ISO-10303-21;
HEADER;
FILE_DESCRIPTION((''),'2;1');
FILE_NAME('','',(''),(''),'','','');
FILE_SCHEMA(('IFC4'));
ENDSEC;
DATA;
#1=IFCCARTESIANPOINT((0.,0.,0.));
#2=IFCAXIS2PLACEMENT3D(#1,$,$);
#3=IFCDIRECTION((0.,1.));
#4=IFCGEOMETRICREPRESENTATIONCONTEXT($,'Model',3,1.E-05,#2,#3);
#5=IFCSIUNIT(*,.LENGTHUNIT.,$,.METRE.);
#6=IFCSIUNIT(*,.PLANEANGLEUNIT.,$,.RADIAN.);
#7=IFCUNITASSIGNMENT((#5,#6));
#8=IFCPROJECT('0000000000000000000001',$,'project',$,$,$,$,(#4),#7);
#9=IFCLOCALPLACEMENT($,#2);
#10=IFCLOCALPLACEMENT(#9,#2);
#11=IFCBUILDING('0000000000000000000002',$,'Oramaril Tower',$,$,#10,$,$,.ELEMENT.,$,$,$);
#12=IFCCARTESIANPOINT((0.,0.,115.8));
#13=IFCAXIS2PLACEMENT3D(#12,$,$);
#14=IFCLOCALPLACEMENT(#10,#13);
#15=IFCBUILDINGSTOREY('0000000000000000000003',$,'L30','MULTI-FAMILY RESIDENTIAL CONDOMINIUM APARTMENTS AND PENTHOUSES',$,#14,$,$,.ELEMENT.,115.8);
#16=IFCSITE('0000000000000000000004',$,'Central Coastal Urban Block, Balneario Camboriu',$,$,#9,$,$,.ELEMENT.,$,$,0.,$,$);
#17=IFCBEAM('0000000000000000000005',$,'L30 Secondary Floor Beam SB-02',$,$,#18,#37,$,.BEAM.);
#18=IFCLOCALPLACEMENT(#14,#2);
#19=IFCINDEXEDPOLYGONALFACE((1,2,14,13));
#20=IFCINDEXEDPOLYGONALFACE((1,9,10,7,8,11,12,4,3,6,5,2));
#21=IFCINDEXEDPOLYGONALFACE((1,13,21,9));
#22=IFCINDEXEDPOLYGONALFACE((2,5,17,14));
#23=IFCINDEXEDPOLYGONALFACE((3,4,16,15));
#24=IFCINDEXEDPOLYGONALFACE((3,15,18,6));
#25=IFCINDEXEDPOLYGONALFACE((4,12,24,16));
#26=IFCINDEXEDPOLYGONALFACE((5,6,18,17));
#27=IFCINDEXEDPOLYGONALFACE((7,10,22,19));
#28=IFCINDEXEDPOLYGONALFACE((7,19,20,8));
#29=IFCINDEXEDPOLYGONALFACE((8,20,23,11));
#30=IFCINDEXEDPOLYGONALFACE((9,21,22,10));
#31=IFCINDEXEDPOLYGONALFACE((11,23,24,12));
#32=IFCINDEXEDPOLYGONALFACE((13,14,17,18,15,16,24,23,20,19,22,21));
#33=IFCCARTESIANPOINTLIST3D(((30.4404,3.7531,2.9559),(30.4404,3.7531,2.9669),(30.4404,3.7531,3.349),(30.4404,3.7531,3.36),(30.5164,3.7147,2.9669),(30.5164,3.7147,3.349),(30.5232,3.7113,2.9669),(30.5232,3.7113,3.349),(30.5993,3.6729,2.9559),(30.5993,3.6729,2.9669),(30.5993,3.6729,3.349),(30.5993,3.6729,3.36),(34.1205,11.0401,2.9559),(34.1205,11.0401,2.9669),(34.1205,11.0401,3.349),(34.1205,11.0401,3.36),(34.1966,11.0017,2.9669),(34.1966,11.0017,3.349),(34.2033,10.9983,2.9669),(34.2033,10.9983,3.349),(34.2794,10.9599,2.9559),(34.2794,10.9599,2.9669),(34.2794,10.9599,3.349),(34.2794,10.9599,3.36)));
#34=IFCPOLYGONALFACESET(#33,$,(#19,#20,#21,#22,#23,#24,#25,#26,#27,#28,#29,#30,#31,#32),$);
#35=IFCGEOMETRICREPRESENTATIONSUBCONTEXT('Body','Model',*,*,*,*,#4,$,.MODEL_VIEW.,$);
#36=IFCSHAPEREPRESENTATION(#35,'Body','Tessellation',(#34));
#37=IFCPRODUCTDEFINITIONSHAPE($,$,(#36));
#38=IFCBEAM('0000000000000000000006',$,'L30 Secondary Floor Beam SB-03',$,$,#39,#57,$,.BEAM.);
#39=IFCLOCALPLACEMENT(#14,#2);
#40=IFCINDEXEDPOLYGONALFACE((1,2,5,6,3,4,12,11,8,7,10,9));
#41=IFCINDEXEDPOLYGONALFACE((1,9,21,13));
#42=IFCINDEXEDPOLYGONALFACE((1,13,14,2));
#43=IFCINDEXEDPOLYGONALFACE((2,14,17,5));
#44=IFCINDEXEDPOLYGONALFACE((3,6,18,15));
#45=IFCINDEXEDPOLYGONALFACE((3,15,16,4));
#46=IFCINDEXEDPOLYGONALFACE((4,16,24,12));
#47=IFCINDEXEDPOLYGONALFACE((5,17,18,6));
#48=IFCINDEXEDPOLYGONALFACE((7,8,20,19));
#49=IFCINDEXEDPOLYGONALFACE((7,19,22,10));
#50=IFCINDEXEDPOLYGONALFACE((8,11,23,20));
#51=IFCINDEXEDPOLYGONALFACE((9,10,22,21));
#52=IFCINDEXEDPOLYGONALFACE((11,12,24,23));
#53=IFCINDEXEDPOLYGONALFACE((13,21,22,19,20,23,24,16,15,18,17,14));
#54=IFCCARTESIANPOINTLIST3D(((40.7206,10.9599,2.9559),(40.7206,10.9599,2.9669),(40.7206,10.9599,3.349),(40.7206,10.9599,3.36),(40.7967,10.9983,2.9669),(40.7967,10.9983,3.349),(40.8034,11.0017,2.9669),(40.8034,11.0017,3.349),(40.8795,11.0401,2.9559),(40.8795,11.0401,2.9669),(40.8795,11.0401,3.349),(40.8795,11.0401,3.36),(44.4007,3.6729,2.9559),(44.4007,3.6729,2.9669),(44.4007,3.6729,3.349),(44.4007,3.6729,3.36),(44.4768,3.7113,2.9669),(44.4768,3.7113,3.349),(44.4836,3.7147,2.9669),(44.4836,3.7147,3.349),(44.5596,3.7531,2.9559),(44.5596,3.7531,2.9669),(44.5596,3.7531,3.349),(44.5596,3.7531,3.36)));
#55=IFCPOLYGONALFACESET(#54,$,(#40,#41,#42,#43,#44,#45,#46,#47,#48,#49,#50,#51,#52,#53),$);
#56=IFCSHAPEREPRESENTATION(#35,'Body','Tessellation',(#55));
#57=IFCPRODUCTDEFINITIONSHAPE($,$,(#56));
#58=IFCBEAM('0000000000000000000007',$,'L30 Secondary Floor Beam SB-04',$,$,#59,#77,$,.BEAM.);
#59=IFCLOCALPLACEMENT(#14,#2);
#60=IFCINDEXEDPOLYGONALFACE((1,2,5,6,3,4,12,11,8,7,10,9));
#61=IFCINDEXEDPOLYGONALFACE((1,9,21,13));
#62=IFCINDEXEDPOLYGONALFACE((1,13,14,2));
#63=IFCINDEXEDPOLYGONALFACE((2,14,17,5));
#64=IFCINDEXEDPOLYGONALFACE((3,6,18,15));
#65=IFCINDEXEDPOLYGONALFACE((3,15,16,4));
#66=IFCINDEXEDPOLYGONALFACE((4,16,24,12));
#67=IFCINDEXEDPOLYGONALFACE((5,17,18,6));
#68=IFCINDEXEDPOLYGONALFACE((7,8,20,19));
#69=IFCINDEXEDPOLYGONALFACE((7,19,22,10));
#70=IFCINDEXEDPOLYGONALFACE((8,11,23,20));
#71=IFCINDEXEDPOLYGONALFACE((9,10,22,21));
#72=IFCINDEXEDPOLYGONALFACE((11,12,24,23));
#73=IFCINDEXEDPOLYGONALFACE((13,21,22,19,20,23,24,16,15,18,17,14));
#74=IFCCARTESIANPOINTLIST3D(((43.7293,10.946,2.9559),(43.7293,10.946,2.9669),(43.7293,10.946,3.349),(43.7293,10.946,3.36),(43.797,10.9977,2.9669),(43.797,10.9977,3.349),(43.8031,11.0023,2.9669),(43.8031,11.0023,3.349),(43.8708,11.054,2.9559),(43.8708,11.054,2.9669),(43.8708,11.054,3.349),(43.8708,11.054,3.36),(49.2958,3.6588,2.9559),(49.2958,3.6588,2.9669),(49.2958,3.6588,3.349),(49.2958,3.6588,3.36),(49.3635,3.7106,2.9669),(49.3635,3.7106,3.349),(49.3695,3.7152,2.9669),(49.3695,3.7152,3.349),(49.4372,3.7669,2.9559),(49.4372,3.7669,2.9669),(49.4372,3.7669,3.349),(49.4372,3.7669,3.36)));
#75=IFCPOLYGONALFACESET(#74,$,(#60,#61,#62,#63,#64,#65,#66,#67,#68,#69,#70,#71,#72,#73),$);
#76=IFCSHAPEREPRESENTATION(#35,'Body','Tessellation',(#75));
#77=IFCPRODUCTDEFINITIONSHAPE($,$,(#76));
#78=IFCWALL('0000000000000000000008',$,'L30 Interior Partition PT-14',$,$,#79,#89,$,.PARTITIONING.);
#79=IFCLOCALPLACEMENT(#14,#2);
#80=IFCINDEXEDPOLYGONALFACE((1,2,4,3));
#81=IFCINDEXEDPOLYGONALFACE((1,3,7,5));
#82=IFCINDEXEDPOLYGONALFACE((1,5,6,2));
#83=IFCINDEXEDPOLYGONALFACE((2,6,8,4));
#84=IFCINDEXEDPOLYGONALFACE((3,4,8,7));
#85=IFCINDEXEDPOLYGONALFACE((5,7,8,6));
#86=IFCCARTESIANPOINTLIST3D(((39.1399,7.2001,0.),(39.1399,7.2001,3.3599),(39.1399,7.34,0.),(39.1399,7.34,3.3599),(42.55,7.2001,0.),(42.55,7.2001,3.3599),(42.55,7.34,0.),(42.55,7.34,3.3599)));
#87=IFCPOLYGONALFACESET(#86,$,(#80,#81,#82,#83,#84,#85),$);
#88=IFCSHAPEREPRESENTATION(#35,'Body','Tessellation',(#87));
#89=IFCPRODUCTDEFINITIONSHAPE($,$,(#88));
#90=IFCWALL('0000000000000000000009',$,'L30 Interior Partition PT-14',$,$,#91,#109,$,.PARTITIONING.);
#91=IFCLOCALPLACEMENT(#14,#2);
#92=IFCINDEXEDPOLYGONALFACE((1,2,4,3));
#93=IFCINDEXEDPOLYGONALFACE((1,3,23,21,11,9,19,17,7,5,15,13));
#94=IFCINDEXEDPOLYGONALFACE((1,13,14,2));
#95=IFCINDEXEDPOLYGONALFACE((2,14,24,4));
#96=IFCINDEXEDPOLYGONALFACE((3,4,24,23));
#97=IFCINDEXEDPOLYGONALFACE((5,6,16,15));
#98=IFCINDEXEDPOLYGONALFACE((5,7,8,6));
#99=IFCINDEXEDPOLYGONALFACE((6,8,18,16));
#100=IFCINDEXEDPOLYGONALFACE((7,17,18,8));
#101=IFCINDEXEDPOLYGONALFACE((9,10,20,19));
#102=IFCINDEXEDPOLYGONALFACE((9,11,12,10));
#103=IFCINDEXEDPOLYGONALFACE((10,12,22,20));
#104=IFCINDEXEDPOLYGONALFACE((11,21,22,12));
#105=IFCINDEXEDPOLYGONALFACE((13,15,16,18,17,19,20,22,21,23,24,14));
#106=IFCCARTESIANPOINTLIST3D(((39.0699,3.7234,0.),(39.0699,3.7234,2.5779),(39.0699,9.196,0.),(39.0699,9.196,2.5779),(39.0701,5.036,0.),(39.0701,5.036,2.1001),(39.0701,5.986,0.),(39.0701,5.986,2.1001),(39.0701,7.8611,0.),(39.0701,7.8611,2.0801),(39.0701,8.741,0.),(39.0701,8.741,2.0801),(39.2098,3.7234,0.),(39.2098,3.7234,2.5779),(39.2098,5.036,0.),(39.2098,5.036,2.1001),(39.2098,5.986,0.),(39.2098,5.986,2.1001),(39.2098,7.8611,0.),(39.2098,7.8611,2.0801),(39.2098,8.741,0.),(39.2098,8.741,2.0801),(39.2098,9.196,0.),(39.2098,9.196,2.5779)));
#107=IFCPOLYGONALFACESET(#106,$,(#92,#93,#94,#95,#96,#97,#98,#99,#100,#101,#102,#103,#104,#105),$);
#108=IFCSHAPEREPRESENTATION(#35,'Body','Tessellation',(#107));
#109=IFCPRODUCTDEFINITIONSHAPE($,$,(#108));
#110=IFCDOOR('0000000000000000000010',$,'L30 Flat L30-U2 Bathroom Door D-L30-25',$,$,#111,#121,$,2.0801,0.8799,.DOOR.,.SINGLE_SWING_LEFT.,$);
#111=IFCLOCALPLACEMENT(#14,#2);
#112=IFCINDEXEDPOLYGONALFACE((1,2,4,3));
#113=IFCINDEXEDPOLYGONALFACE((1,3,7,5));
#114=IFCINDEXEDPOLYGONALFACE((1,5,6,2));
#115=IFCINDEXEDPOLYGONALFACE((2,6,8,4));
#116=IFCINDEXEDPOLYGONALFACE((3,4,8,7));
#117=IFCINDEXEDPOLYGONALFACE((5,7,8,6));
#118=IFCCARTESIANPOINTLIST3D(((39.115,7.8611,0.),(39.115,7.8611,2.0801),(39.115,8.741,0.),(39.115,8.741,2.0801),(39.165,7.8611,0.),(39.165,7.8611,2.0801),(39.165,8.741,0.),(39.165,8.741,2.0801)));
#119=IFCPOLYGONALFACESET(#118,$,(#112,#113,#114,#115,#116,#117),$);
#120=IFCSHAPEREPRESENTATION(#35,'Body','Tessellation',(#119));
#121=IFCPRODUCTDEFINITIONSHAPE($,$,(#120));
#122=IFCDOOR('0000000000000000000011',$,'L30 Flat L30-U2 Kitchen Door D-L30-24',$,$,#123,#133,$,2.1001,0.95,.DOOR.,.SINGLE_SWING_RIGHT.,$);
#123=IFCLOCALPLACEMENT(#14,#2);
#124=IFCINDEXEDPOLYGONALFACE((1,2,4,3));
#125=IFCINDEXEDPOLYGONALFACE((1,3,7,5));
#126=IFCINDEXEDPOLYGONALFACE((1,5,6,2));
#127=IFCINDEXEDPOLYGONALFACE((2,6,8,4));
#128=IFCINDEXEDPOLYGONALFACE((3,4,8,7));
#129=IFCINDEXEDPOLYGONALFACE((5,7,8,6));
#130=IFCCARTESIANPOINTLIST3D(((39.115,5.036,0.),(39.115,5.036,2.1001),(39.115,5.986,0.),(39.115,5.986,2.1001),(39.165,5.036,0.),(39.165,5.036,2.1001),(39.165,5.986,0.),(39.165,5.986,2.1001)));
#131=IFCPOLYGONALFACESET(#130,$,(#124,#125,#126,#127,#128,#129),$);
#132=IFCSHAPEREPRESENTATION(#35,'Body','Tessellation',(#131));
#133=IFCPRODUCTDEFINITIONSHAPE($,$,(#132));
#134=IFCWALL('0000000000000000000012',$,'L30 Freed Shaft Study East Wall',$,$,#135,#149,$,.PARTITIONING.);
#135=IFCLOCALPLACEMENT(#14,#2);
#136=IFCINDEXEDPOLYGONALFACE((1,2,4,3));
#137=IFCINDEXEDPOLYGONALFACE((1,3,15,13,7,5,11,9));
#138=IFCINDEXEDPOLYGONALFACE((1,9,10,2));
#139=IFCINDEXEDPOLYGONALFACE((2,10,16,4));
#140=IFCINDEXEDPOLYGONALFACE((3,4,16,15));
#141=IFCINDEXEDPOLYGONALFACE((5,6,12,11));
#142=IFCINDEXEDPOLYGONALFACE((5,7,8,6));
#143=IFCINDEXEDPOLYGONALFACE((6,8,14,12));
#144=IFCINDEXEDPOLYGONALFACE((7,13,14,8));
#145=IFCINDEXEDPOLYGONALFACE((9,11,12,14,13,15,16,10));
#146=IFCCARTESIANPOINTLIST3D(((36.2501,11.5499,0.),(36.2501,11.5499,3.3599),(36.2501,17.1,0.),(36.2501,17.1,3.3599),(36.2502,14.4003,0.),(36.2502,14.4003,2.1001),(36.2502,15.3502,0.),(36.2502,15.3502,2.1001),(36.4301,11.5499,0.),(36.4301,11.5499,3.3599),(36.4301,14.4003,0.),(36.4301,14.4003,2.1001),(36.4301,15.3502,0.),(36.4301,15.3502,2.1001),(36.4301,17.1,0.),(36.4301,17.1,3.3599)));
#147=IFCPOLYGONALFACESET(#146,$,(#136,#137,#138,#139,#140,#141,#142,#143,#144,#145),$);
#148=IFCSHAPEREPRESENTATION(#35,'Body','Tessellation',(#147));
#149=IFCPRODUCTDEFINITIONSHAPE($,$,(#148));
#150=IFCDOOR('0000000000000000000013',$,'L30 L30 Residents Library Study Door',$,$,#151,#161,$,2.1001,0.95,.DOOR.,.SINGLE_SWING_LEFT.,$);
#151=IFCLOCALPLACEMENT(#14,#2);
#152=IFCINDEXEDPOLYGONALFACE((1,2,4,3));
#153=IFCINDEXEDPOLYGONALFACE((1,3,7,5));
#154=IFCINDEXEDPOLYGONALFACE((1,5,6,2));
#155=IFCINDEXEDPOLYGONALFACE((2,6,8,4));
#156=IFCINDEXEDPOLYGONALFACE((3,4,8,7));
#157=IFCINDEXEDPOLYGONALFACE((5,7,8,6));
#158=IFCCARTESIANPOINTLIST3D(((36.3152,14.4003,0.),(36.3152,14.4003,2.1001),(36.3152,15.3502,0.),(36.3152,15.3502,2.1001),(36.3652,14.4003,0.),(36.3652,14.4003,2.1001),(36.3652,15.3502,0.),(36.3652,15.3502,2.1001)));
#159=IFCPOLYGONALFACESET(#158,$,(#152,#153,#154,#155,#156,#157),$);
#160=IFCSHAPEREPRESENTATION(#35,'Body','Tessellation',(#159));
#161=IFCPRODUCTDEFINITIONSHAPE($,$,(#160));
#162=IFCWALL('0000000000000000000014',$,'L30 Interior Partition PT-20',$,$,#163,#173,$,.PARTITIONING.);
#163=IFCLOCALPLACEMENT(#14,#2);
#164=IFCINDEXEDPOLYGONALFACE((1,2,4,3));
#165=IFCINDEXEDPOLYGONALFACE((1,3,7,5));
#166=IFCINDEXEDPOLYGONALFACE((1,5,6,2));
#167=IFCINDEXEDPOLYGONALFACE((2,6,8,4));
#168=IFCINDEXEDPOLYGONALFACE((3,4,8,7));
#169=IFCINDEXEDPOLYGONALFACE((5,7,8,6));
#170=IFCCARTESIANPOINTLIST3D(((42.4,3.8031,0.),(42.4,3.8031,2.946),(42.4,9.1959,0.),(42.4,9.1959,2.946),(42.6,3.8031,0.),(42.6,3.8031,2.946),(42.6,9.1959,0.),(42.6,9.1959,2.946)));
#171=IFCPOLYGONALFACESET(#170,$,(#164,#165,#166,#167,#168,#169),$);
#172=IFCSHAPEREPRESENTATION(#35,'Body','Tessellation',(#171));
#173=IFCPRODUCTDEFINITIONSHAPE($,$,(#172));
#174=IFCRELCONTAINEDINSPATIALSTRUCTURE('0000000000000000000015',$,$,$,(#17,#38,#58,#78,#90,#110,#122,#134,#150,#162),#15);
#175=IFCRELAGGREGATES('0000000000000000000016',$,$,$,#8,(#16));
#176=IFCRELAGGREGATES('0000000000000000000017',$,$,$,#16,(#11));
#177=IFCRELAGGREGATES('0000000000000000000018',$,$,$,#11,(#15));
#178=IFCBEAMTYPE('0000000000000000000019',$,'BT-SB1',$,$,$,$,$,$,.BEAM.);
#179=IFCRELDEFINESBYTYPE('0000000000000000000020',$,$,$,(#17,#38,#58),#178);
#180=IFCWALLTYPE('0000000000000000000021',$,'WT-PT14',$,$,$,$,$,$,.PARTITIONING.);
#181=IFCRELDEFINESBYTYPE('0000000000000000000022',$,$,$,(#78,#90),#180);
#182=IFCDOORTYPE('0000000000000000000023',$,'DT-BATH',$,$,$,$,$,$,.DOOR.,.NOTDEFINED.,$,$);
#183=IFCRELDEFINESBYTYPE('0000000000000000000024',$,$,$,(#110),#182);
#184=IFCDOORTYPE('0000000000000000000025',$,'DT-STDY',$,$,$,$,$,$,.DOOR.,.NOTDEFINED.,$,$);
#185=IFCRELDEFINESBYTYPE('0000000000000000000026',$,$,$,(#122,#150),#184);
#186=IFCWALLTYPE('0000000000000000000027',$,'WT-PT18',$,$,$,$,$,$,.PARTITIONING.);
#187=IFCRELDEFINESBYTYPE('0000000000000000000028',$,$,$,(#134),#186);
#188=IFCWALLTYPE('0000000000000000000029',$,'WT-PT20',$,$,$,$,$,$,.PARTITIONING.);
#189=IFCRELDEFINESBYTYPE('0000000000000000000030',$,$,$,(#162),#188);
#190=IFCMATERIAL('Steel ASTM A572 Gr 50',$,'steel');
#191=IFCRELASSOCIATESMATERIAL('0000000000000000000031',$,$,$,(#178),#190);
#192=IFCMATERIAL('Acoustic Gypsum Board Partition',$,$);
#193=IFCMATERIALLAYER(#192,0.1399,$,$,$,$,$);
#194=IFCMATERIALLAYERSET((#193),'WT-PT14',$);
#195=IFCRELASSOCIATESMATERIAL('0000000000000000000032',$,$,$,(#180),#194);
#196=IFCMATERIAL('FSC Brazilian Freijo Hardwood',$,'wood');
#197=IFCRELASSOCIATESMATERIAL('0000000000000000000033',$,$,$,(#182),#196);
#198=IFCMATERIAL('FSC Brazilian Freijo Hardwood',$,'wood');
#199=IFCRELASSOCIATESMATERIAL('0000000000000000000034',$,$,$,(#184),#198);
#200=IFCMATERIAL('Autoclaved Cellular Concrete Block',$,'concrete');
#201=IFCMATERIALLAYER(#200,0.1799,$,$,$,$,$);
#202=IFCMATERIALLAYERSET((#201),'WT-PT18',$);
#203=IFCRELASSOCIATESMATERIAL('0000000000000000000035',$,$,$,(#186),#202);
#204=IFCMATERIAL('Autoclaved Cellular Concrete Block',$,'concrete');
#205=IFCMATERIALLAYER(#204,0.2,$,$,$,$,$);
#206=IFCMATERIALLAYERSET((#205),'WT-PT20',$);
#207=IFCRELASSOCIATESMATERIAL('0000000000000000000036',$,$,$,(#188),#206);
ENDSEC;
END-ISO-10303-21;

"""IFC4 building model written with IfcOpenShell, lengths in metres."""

from ifc_helpers import new_model, si_unit, direction, frame, frame_2d, origin, origin_2d, place, context, subcontext, project, spatial, rectangle, i_section, extrude, material, layer, layer_set, material_profile, profile_set, type_object, element, fill, save


model = new_model("IFC4")

# Units and contexts
model_context = context("Model", 3, precision=1e-05, world=origin(), true_north=direction((0.0, 1.0)))
body_context = subcontext(model_context, "Body", "Model", "MODEL_VIEW")
ifc_project = project(units=[si_unit("LENGTHUNIT", "METRE"), si_unit("PLANEANGLEUNIT", "RADIAN")], contexts=[model_context])

# Site, building, storey
site_placement = place(None, origin())
site = spatial("IfcSite", under=ifc_project, at=site_placement, Name="Central Coastal Urban Block, Balneario Camboriu", CompositionType="ELEMENT", RefElevation=0.0)
building_placement = place(site_placement, origin())
building = spatial("IfcBuilding", under=site, at=building_placement, Name="Oramaril Tower", CompositionType="ELEMENT")
storey_placement = place(building_placement, frame((0.0, 0.0, 115.8)))
storey = spatial("IfcBuildingStorey", under=building, at=storey_placement, Name="L30", Description="MULTI-FAMILY RESIDENTIAL CONDOMINIUM APARTMENTS AND PENTHOUSES", CompositionType="ELEMENT", Elevation=115.8)

# Beams
ifc_material_1 = material(Name="Steel ASTM A572 Gr 50", Category="steel")
ifc_material_profile = material_profile(ifc_material_1, i_section(OverallWidth=0.178, OverallDepth=0.4041, WebThickness=0.0076, FlangeThickness=0.011, at=origin_2d()), Name="W16X36")
ifc_profile_set = profile_set([ifc_material_profile], Name="Steel ASTM A572 Gr 50")
beam_type = type_object("IfcBeamType", Name="BT-SB1", PredefinedType="BEAM", material=ifc_profile_set)
for number, where, z_axis, x_axis, name in (
    (1, (34.2, 11.0, 3.158), (-0.450799, -0.892626, 0.0), (0.892626, -0.450799, 0.0), "L30 Secondary Floor Beam SB-02"),
    (2, (40.8, 11.0, 3.158), (0.450799, -0.892626, 0.0), (0.892626, 0.450799, 0.0), "L30 Secondary Floor Beam SB-03"),
):
    element("IfcBeam", number, at=place(storey_placement, frame(where, z_axis=z_axis, x_axis=x_axis)), inside=storey, type_object=beam_type, Name=name, PredefinedType="BEAM", context=body_context, shape_type="SweptSolid", body=[
        extrude(i_section(OverallWidth=0.178, OverallDepth=0.4041, WebThickness=0.0076, FlangeThickness=0.011, at=origin_2d()), origin(), (0.0, 0.0, 1.0), 8.1636),
    ])
beam_placement = place(storey_placement, frame((43.8, 11.0, 3.158), z_axis=(0.607031, -0.794678, 0.0), x_axis=(0.794678, 0.607031, 0.0)))
element("IfcBeam", 3, at=beam_placement, inside=storey, type_object=beam_type, Name="L30 Secondary Floor Beam SB-04", PredefinedType="BEAM", context=body_context, shape_type="SweptSolid", body=[
    extrude(i_section(OverallWidth=0.178, OverallDepth=0.4041, WebThickness=0.0076, FlangeThickness=0.011, at=origin_2d()), origin(), (0.0, 0.0, 1.0), 9.1699),
])

# Wall
ifc_material_2 = material(Name="Acoustic Gypsum Board Partition")
ifc_layer_1 = layer(ifc_material_2, 0.1399)
ifc_layer_set_1 = layer_set([ifc_layer_1], Name="WT-PT14")
wall_type_1 = type_object("IfcWallType", Name="WT-PT14", PredefinedType="PARTITIONING", material=ifc_layer_set_1)
wall_1_placement = place(storey_placement, frame((39.1399, 7.27, 0.0), z_axis=(0.0, 0.0, 1.0), x_axis=(1.0, 0.0, 0.0)))
element("IfcWall", 4, at=wall_1_placement, inside=storey, type_object=wall_type_1, Name="L30 Interior Partition PT-14", PredefinedType="PARTITIONING", context=body_context, shape_type="SweptSolid", body=[
    extrude(rectangle(XDim=3.4102, YDim=0.1399, at=frame_2d((1.7051, 0.0))), origin(), (0.0, 0.0, 1.0), 3.3599),
])

# Wall, openings, doors
wall_2_placement = place(storey_placement, frame((39.1399, 3.7234, 0.0), z_axis=(0.0, 0.0, 1.0), x_axis=(0.0, 1.0, 0.0)))
wall_2 = element("IfcWall", 5, at=wall_2_placement, inside=storey, type_object=wall_type_1, Name="L30 Interior Partition PT-14", PredefinedType="PARTITIONING", context=body_context, shape_type="SweptSolid", body=[
    extrude(rectangle(XDim=5.4727, YDim=0.1399, at=frame_2d((2.7363, 0.0))), origin(), (0.0, 0.0, 1.0), 2.5779),
])
opening_1_placement = place(wall_2_placement, frame((1.3125, 0.0, 0.0)))
opening_1 = element("IfcOpeningElement", 6, at=opening_1_placement, cuts=wall_2, PredefinedType="OPENING", context=body_context, shape_type="SweptSolid", body=[
    extrude(rectangle(XDim=0.95, YDim=2.1001, at=frame_2d((0.4751, 1.05))), frame((0.0, 0.0698, 0.0), z_axis=(0.0, -1.0, 0.0), x_axis=(1.0, 0.0, 0.0)), (0.0, 0.0, 1.0), 0.1399),
])
opening_2_placement = place(wall_2_placement, frame((4.1377, 0.0, 0.0)))
opening_2 = element("IfcOpeningElement", 7, at=opening_2_placement, cuts=wall_2, PredefinedType="OPENING", context=body_context, shape_type="SweptSolid", body=[
    extrude(rectangle(XDim=0.8799, YDim=2.0801, at=frame_2d((0.4399, 1.04))), frame((0.0, 0.0698, 0.0), z_axis=(0.0, -1.0, 0.0), x_axis=(1.0, 0.0, 0.0)), (0.0, 0.0, 1.0), 0.1399),
])
ifc_material_3 = material(Name="FSC Brazilian Freijo Hardwood", Category="wood")
door_type_1 = type_object("IfcDoorType", Name="DT-BATH", OperationType="NOTDEFINED", PredefinedType="DOOR", material=ifc_material_3)
door_1_placement = place(opening_2_placement, origin())
door_1 = element("IfcDoor", 8, at=door_1_placement, inside=storey, type_object=door_type_1, Name="L30 Flat L30-U2 Bathroom Door D-L30-25", OperationType="SINGLE_SWING_LEFT", OverallHeight=2.0801, OverallWidth=0.8799, PredefinedType="DOOR", context=body_context, shape_type="SweptSolid", body=[
    extrude(rectangle(XDim=0.8799, YDim=2.0801, at=frame_2d((0.4399, 1.04))), frame((0.0, 0.0249, 0.0), z_axis=(0.0, -1.0, 0.0), x_axis=(1.0, 0.0, 0.0)), (0.0, 0.0, 1.0), 0.05),
])
fill(opening_2, door_1)
ifc_material_4 = material(Name="FSC Brazilian Freijo Hardwood", Category="wood")
door_type_2 = type_object("IfcDoorType", Name="DT-STDY", OperationType="NOTDEFINED", PredefinedType="DOOR", material=ifc_material_4)
door_2_placement = place(opening_1_placement, origin())
door_2 = element("IfcDoor", 9, at=door_2_placement, inside=storey, type_object=door_type_2, Name="L30 Flat L30-U2 Kitchen Door D-L30-24", OperationType="SINGLE_SWING_RIGHT", OverallHeight=2.1001, OverallWidth=0.95, PredefinedType="DOOR", context=body_context, shape_type="SweptSolid", body=[
    extrude(rectangle(XDim=0.95, YDim=2.1001, at=frame_2d((0.4751, 1.05))), frame((0.0, 0.0249, 0.0), z_axis=(0.0, -1.0, 0.0), x_axis=(1.0, 0.0, 0.0)), (0.0, 0.0, 1.0), 0.05),
])
fill(opening_1, door_2)

# Wall, opening, door
ifc_material_5 = material(Name="Autoclaved Cellular Concrete Block", Category="concrete")
ifc_layer_2 = layer(ifc_material_5, 0.1799)
ifc_layer_set_2 = layer_set([ifc_layer_2], Name="WT-PT18")
wall_type_2 = type_object("IfcWallType", Name="WT-PT18", PredefinedType="PARTITIONING", material=ifc_layer_set_2)
wall_3_placement = place(storey_placement, frame((36.3401, 11.55, 0.0), z_axis=(0.0, 0.0, 1.0), x_axis=(0.0, 1.0, 0.0)))
wall_3 = element("IfcWall", 10, at=wall_3_placement, inside=storey, type_object=wall_type_2, Name="L30 Freed Shaft Study East Wall", PredefinedType="PARTITIONING", context=body_context, shape_type="SweptSolid", body=[
    extrude(rectangle(XDim=5.55, YDim=0.1799, at=frame_2d((2.7749, 0.0))), origin(), (0.0, 0.0, 1.0), 3.3599),
])
opening_3_placement = place(wall_3_placement, frame((2.8501, 0.0, 0.0)))
opening_3 = element("IfcOpeningElement", 11, at=opening_3_placement, cuts=wall_3, PredefinedType="OPENING", context=body_context, shape_type="SweptSolid", body=[
    extrude(rectangle(XDim=0.95, YDim=2.1001, at=frame_2d((0.4751, 1.05))), frame((0.0, 0.0898, 0.0), z_axis=(0.0, -1.0, 0.0), x_axis=(1.0, 0.0, 0.0)), (0.0, 0.0, 1.0), 0.1799),
])
door_3_placement = place(opening_3_placement, origin())
door_3 = element("IfcDoor", 12, at=door_3_placement, inside=storey, type_object=door_type_2, Name="L30 L30 Residents Library Study Door", OperationType="SINGLE_SWING_LEFT", OverallHeight=2.1001, OverallWidth=0.95, PredefinedType="DOOR", context=body_context, shape_type="SweptSolid", body=[
    extrude(rectangle(XDim=0.95, YDim=2.1001, at=frame_2d((0.4751, 1.05))), frame((0.0, 0.0249, 0.0), z_axis=(0.0, -1.0, 0.0), x_axis=(1.0, 0.0, 0.0)), (0.0, 0.0, 1.0), 0.05),
])
fill(opening_3, door_3)

# Wall
ifc_material_6 = material(Name="Autoclaved Cellular Concrete Block", Category="concrete")
ifc_layer_3 = layer(ifc_material_6, 0.2)
ifc_layer_set_3 = layer_set([ifc_layer_3], Name="WT-PT20")
wall_type_3 = type_object("IfcWallType", Name="WT-PT20", PredefinedType="PARTITIONING", material=ifc_layer_set_3)
wall_4_placement = place(storey_placement, frame((42.5, 3.8032, 0.0), z_axis=(0.0, 0.0, 1.0), x_axis=(0.0, 1.0, 0.0)))
element("IfcWall", 13, at=wall_4_placement, inside=storey, type_object=wall_type_3, Name="L30 Interior Partition PT-20", PredefinedType="PARTITIONING", context=body_context, shape_type="SweptSolid", body=[
    extrude(rectangle(XDim=5.3928, YDim=0.2, at=frame_2d((2.6963, 0.0))), origin(), (0.0, 0.0, 1.0), 2.946),
])

save(model, "model.ifc")
